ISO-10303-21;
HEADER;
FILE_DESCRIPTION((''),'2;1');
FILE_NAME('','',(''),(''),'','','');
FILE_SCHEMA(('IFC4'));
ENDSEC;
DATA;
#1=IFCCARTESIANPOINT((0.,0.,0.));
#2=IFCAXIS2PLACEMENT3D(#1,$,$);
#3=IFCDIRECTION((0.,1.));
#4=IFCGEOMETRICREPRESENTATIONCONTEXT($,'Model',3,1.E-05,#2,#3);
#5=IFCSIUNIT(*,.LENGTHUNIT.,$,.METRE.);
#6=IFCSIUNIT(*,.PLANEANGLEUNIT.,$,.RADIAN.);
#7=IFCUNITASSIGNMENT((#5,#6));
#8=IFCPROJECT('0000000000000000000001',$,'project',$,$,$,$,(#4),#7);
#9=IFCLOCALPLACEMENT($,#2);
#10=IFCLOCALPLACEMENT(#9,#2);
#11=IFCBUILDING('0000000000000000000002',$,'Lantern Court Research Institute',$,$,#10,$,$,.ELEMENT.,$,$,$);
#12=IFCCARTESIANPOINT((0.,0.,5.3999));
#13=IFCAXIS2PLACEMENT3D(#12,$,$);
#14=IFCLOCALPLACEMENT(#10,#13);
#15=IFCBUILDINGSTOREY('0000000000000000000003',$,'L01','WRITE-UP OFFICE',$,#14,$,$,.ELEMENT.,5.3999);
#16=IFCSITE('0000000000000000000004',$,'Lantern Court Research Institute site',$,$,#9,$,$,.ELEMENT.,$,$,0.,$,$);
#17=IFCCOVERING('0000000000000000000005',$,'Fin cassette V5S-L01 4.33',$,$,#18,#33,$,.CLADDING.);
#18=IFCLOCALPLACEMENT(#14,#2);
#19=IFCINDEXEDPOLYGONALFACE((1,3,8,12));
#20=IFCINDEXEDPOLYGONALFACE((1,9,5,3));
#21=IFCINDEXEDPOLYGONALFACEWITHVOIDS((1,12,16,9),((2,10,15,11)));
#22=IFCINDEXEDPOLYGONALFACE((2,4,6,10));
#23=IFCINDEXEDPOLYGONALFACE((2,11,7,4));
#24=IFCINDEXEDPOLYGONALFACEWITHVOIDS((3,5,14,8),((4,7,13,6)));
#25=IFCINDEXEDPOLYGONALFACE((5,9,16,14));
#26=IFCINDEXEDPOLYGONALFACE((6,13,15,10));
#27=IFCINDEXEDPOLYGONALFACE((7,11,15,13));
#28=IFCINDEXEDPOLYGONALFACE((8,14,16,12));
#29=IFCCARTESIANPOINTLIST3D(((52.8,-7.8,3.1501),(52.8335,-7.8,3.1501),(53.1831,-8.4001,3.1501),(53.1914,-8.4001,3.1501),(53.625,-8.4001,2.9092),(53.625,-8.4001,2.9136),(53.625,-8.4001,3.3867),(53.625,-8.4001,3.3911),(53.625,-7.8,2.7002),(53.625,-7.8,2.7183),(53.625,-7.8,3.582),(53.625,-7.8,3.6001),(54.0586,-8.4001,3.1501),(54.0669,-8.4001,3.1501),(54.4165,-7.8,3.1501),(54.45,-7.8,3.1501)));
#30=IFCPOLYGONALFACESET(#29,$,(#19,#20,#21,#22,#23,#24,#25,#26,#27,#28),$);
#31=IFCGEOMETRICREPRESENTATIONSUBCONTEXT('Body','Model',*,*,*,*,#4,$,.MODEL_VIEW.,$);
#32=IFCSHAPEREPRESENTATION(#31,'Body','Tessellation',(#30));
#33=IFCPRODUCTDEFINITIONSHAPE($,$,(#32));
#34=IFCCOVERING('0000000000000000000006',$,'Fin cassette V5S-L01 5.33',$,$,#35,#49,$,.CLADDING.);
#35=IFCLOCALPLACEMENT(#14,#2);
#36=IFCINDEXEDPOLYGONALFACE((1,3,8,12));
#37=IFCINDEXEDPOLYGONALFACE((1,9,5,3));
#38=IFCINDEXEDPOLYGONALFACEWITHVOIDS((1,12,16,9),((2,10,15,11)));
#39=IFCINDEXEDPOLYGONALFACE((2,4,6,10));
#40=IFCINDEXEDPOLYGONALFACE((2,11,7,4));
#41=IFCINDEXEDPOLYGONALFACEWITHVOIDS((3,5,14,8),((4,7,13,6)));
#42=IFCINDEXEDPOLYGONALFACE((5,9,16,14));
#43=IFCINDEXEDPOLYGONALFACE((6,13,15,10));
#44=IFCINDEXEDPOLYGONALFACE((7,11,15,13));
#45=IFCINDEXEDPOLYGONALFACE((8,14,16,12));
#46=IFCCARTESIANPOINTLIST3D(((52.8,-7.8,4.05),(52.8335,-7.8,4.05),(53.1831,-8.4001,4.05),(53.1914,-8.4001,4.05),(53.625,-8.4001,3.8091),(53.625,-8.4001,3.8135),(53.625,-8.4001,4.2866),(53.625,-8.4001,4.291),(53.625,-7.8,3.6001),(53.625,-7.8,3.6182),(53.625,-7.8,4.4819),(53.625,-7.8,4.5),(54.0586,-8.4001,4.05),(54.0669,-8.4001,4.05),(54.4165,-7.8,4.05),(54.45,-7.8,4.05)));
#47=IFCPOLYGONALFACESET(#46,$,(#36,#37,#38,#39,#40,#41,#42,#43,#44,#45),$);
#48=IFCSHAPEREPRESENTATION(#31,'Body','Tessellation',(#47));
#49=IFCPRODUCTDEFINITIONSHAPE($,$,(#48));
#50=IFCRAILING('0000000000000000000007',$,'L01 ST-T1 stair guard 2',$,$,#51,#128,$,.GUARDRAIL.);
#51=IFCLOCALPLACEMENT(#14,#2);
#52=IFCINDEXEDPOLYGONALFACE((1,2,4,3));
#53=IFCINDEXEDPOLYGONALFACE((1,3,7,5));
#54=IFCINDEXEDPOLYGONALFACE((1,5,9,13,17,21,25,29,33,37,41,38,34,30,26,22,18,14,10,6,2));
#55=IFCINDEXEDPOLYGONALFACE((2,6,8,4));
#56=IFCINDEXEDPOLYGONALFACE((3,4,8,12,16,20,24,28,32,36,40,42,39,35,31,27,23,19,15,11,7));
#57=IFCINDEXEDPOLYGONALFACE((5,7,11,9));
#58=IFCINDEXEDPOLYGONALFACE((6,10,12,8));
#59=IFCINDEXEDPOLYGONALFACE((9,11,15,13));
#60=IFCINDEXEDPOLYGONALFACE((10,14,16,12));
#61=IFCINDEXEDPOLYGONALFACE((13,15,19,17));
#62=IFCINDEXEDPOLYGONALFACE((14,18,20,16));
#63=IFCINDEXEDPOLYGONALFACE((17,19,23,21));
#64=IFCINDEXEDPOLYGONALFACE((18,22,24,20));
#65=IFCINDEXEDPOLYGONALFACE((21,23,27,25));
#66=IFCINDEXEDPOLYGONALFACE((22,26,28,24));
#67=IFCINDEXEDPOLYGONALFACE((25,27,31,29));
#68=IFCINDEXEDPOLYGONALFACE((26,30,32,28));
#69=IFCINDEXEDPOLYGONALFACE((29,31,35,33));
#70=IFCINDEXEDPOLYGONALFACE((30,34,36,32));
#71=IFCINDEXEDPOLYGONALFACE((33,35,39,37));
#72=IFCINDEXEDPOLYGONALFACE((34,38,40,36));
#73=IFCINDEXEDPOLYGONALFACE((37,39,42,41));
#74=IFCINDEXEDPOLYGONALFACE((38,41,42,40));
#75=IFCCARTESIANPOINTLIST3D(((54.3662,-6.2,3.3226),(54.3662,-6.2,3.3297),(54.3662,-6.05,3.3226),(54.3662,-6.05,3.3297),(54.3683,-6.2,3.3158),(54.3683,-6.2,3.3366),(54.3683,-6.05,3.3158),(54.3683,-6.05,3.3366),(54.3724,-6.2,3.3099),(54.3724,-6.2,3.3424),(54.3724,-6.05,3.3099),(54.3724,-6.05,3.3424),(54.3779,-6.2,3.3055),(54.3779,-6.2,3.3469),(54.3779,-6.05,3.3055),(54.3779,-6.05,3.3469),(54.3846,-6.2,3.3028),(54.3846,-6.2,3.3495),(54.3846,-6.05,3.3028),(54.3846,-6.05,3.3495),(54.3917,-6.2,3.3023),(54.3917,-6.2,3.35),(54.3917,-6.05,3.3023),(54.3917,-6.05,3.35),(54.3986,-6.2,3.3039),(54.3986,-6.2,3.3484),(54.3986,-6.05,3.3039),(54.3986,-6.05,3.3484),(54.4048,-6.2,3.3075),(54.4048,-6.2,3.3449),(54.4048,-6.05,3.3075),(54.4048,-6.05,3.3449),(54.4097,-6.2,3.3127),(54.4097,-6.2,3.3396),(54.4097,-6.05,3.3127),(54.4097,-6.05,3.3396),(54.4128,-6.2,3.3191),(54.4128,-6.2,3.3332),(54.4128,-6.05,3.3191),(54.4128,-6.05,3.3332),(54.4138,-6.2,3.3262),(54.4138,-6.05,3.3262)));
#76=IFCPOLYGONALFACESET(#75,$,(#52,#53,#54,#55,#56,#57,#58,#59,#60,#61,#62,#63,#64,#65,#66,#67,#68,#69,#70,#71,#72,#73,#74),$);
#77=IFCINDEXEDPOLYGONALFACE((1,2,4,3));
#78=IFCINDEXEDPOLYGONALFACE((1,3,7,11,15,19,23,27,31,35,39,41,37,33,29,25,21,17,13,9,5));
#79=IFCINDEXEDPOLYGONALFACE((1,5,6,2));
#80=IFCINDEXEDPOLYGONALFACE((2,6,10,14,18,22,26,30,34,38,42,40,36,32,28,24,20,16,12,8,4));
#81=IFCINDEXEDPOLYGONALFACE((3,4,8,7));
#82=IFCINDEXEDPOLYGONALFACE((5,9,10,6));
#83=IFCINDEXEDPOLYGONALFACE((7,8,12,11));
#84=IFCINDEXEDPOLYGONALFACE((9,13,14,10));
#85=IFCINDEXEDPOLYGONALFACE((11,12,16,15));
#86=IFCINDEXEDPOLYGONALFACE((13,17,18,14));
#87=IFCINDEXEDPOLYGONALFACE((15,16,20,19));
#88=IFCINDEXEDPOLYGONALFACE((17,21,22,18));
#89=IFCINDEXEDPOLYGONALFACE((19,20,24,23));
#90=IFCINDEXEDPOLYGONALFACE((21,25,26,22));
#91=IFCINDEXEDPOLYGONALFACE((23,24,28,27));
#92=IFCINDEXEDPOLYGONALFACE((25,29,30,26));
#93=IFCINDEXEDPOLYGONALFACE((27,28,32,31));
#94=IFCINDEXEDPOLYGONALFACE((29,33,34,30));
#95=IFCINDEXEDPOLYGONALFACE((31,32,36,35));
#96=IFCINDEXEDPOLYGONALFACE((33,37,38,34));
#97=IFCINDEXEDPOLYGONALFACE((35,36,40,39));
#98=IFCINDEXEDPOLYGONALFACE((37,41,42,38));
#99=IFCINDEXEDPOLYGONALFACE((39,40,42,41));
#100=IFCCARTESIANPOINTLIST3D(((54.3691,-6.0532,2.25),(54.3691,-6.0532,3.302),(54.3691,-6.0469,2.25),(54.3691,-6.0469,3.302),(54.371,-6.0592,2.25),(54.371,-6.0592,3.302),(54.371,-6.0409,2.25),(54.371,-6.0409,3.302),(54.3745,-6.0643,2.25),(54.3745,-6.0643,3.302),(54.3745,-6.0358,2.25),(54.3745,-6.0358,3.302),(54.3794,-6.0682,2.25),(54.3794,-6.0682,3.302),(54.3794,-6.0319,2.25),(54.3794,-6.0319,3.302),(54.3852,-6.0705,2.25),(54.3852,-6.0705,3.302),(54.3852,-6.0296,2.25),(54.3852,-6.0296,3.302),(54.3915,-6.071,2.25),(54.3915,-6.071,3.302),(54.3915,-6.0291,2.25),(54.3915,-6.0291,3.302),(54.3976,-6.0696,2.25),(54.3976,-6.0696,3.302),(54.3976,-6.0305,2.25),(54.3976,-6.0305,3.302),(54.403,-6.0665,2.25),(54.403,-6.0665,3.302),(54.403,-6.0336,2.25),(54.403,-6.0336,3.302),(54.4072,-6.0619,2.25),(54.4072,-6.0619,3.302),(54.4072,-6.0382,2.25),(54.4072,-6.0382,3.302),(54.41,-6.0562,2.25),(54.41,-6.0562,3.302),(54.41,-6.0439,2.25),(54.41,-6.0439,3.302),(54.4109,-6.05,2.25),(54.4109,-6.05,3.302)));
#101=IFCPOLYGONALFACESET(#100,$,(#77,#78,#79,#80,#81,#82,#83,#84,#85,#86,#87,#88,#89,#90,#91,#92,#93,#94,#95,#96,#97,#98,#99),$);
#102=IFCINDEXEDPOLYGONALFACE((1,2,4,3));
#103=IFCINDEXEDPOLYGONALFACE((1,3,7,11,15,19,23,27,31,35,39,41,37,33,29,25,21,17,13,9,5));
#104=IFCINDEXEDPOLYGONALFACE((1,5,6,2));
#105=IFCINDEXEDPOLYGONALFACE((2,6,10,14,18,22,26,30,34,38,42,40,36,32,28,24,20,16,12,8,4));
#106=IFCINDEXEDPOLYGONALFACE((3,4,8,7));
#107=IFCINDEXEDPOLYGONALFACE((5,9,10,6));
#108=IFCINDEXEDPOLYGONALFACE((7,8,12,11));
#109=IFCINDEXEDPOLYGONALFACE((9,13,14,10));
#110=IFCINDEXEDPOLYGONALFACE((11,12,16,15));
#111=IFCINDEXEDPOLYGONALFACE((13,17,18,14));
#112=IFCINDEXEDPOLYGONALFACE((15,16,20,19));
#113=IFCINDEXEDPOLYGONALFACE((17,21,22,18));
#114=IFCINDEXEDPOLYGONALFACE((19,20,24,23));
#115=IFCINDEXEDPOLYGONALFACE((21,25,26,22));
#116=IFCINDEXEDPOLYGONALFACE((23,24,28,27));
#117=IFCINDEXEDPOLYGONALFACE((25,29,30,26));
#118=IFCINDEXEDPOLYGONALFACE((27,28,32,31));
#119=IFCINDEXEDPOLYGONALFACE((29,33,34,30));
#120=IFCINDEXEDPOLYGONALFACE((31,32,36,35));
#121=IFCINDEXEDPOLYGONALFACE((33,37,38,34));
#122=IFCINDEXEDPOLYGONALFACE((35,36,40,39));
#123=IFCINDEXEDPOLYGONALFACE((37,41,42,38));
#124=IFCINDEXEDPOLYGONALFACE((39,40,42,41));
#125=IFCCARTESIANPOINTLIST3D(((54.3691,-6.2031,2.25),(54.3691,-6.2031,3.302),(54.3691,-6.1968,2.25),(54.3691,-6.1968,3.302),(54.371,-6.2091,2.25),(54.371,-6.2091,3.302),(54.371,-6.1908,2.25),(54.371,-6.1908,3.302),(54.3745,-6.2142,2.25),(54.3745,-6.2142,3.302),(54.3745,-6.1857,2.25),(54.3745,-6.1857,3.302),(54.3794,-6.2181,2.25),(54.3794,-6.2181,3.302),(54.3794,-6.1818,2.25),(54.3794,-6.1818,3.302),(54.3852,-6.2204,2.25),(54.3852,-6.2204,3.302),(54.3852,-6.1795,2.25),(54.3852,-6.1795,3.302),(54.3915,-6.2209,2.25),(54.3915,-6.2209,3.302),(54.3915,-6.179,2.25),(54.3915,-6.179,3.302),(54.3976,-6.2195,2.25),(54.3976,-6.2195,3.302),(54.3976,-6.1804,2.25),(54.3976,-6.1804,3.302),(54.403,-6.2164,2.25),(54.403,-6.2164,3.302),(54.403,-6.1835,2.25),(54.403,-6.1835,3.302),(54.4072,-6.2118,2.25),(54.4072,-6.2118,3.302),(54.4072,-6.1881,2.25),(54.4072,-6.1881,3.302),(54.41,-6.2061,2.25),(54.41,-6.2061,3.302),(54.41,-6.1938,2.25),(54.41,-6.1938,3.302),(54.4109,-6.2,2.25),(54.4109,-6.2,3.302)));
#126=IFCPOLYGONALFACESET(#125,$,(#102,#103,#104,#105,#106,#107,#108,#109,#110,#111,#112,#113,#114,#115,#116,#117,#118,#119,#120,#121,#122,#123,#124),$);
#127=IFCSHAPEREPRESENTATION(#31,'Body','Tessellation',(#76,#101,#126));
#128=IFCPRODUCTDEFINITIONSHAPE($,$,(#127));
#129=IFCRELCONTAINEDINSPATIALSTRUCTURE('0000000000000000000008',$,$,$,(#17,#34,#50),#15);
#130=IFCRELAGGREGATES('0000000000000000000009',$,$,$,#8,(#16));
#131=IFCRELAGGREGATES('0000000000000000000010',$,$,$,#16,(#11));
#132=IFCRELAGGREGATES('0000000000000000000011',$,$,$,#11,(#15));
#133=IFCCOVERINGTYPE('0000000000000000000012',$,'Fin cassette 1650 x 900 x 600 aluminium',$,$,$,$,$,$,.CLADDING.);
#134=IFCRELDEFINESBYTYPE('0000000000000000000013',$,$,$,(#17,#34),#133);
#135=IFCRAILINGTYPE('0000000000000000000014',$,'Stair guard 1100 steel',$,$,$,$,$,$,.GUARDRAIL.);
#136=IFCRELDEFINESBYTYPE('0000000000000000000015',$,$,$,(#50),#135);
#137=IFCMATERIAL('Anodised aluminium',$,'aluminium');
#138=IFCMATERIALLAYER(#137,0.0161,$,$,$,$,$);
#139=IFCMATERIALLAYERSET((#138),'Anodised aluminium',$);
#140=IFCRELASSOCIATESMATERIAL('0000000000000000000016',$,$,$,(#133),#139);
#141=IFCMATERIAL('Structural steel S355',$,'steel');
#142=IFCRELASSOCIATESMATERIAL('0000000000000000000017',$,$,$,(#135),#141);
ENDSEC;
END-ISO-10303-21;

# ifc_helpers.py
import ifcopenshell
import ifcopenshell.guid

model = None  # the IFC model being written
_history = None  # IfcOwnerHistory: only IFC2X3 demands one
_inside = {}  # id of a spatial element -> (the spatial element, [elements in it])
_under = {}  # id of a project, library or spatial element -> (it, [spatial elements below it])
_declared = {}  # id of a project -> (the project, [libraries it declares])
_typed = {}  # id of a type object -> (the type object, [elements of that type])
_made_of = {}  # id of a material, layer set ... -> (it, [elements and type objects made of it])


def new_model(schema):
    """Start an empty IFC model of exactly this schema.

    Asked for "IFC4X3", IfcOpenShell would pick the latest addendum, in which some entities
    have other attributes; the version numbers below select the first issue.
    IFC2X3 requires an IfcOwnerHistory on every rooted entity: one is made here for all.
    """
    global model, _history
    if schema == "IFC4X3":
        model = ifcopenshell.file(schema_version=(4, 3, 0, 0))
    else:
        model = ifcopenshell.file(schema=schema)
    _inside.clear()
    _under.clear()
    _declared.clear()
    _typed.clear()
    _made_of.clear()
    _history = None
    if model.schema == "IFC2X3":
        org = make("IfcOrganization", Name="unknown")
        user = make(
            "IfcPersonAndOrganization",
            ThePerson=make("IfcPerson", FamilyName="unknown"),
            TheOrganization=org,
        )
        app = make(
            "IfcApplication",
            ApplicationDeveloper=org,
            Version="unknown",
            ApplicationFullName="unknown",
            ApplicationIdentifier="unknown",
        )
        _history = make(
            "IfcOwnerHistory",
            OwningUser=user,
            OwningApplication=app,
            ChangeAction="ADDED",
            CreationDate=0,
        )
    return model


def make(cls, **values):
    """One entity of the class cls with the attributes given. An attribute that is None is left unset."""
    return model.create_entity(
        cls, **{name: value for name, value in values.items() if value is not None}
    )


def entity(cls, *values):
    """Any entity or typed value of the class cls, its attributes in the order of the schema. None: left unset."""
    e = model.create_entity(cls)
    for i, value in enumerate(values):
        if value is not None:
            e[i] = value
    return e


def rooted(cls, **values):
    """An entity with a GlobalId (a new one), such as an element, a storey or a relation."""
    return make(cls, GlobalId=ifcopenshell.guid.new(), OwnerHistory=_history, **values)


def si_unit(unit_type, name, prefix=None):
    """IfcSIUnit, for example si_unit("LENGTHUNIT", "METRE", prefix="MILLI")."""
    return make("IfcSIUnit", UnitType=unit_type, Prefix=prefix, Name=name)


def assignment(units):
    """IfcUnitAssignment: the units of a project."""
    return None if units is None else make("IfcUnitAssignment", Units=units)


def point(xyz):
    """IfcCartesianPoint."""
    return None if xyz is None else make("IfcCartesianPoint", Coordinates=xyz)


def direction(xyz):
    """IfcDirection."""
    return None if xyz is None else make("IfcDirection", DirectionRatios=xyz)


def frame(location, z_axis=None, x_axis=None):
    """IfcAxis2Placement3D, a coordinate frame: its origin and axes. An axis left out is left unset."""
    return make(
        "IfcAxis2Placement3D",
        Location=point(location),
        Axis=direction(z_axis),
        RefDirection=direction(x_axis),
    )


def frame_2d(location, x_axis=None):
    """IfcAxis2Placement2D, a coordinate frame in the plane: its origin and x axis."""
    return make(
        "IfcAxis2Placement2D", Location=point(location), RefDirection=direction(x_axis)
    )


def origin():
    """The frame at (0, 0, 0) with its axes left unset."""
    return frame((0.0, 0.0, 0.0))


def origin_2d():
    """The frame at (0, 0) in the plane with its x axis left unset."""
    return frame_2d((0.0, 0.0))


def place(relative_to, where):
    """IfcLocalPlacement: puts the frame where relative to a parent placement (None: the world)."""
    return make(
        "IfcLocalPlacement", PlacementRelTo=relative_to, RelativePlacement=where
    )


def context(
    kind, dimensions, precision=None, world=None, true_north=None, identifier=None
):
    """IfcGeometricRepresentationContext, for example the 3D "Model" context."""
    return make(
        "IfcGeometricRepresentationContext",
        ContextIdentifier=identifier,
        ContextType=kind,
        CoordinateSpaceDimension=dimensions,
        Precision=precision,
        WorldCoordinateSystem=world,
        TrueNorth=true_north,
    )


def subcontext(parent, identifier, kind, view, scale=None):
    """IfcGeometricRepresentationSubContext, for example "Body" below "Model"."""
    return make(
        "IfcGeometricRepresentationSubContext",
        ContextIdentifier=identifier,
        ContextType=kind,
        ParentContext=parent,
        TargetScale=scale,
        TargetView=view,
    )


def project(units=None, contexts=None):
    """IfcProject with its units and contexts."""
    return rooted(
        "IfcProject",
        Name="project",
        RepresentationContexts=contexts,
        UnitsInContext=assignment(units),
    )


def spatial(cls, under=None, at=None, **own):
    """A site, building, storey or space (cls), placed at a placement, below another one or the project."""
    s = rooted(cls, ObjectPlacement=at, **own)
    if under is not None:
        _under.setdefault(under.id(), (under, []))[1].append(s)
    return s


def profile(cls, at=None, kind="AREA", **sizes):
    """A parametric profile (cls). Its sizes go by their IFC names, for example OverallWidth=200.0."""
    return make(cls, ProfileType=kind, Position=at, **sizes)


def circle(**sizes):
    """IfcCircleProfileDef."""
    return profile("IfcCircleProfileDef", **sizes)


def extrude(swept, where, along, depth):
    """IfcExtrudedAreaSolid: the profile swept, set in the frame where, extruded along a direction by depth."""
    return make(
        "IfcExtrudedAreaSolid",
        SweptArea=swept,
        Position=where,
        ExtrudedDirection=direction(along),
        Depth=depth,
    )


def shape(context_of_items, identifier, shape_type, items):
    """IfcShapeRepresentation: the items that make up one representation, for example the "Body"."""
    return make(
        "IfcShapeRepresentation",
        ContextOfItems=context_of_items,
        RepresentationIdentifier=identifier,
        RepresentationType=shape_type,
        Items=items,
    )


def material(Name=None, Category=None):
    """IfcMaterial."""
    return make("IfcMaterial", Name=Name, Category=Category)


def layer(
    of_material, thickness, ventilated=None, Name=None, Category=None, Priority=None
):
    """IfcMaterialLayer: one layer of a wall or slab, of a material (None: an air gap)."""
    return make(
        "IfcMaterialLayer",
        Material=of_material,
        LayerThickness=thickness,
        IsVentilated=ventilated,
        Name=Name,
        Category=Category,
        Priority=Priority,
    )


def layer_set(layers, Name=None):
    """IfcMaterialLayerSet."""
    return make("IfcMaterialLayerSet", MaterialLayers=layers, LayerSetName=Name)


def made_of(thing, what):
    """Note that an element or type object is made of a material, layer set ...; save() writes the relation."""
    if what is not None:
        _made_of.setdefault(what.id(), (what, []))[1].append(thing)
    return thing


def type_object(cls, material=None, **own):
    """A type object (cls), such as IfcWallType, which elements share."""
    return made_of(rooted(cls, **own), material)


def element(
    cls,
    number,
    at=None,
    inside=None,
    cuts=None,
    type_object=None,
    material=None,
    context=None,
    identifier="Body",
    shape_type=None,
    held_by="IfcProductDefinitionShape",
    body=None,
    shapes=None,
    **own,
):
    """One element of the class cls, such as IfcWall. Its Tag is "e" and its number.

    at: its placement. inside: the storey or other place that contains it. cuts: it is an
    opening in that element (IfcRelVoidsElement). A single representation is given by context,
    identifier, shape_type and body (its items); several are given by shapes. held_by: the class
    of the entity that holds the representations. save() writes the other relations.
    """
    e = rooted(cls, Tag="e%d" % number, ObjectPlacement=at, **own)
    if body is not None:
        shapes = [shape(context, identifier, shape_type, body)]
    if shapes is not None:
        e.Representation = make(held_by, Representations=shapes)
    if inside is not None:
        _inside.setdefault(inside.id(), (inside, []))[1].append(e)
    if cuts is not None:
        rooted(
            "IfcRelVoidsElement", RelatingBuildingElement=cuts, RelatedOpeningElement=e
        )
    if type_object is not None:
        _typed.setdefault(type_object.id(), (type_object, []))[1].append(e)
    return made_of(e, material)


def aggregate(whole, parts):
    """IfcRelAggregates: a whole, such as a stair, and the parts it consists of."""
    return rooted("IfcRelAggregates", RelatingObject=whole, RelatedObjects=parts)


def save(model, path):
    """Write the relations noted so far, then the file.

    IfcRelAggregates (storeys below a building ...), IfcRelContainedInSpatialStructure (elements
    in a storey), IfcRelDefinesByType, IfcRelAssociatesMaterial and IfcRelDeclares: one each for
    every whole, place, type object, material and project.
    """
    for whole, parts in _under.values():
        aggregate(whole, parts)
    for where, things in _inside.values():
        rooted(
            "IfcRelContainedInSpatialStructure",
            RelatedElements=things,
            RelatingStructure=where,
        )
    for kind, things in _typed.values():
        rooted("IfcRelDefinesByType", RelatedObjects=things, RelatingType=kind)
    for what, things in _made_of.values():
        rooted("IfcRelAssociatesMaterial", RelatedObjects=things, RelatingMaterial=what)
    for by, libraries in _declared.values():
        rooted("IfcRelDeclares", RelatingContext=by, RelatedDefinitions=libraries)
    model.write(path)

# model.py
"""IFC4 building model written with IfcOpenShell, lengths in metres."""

from ifc_helpers import new_model, entity, si_unit, direction, frame, origin, origin_2d, place, context, subcontext, project, spatial, circle, extrude, material, layer, layer_set, type_object, element, save


model = new_model("IFC4")

# Units and contexts
model_context = context("Model", 3, precision=1e-05, world=origin(), true_north=direction((0.0, 1.0)))
body_context = subcontext(model_context, "Body", "Model", "MODEL_VIEW")
ifc_project = project(units=[si_unit("LENGTHUNIT", "METRE"), si_unit("PLANEANGLEUNIT", "RADIAN")], contexts=[model_context])

# Site, building, storey
site_placement = place(None, origin())
site = spatial("IfcSite", under=ifc_project, at=site_placement, Name="Lantern Court Research Institute site", CompositionType="ELEMENT", RefElevation=0.0)
building_placement = place(site_placement, origin())
building = spatial("IfcBuilding", under=site, at=building_placement, Name="Lantern Court Research Institute", CompositionType="ELEMENT")
storey_placement = place(building_placement, frame((0.0, 0.0, 5.3999)))
storey = spatial("IfcBuildingStorey", under=building, at=storey_placement, Name="L01", Description="WRITE-UP OFFICE", CompositionType="ELEMENT", Elevation=5.3999)

# Coverings
ifc_material_1 = material(Name="Anodised aluminium", Category="aluminium")
ifc_layer_1 = layer(ifc_material_1, 0.0161)
ifc_layer_set_1 = layer_set([ifc_layer_1], Name="Anodised aluminium")
covering_type = type_object("IfcCoveringType", Name="Fin cassette 1650 x 900 x 600 aluminium", PredefinedType="CLADDING", material=ifc_layer_set_1)
covering_1_placement = place(storey_placement, frame((53.625, -7.8, 3.1501), z_axis=(0.0, -1.0, 0.0), x_axis=(1.0, 0.0, 0.0)))
cartesian_point_1 = entity("IfcCartesianPoint", [0.825, 0.0])
cartesian_point_2 = entity("IfcCartesianPoint", [0.7915, 0.0])
cartesian_point_3 = entity("IfcCartesianPoint", [0.4419, 0.0])
cartesian_point_4 = entity("IfcCartesianPoint", [0.4336, 0.0])
element("IfcCovering", 1, at=covering_1_placement, inside=storey, type_object=covering_type, Name="Fin cassette V5S-L01 4.33", PredefinedType="CLADDING", context=body_context, shape_type="SweptSolid", body=[
    entity("IfcExtrudedAreaSolidTapered", entity("IfcArbitraryProfileDefWithVoids", "AREA", None, entity("IfcPolyline", [cartesian_point_1, entity("IfcCartesianPoint", [0.0, 0.45]), entity("IfcCartesianPoint", [-0.825, 0.0]), entity("IfcCartesianPoint", [0.0, -0.45]), cartesian_point_1]), [entity("IfcPolyline", [cartesian_point_2, entity("IfcCartesianPoint", [0.0, 0.4319]), entity("IfcCartesianPoint", [-0.7915, 0.0]), entity("IfcCartesianPoint", [0.0, -0.4319]), cartesian_point_2])]), entity("IfcAxis2Placement3D", entity("IfcCartesianPoint", [0.0, 0.0, 0.0])), entity("IfcDirection", [0.0, 0.0, 1.0]), 0.6001, entity("IfcArbitraryProfileDefWithVoids", "AREA", None, entity("IfcPolyline", [cartesian_point_3, entity("IfcCartesianPoint", [0.0, 0.241]), entity("IfcCartesianPoint", [-0.4419, 0.0]), entity("IfcCartesianPoint", [0.0, -0.241]), cartesian_point_3]), [entity("IfcPolyline", [cartesian_point_4, entity("IfcCartesianPoint", [0.0, 0.2366]), entity("IfcCartesianPoint", [-0.4336, 0.0]), entity("IfcCartesianPoint", [0.0, -0.2366]), cartesian_point_4])])),
])
covering_2_placement = place(storey_placement, frame((53.625, -7.8, 4.05), z_axis=(0.0, -1.0, 0.0), x_axis=(1.0, 0.0, 0.0)))
cartesian_point_5 = entity("IfcCartesianPoint", [0.825, 0.0])
cartesian_point_6 = entity("IfcCartesianPoint", [0.7915, 0.0])
cartesian_point_7 = entity("IfcCartesianPoint", [0.4419, 0.0])
cartesian_point_8 = entity("IfcCartesianPoint", [0.4336, 0.0])
element("IfcCovering", 2, at=covering_2_placement, inside=storey, type_object=covering_type, Name="Fin cassette V5S-L01 5.33", PredefinedType="CLADDING", context=body_context, shape_type="SweptSolid", body=[
    entity("IfcExtrudedAreaSolidTapered", entity("IfcArbitraryProfileDefWithVoids", "AREA", None, entity("IfcPolyline", [cartesian_point_5, entity("IfcCartesianPoint", [0.0, 0.45]), entity("IfcCartesianPoint", [-0.825, 0.0]), entity("IfcCartesianPoint", [0.0, -0.45]), cartesian_point_5]), [entity("IfcPolyline", [cartesian_point_6, entity("IfcCartesianPoint", [0.0, 0.4319]), entity("IfcCartesianPoint", [-0.7915, 0.0]), entity("IfcCartesianPoint", [0.0, -0.4319]), cartesian_point_6])]), entity("IfcAxis2Placement3D", entity("IfcCartesianPoint", [0.0, 0.0, 0.0])), entity("IfcDirection", [0.0, 0.0, 1.0]), 0.6001, entity("IfcArbitraryProfileDefWithVoids", "AREA", None, entity("IfcPolyline", [cartesian_point_7, entity("IfcCartesianPoint", [0.0, 0.241]), entity("IfcCartesianPoint", [-0.4419, 0.0]), entity("IfcCartesianPoint", [0.0, -0.241]), cartesian_point_7]), [entity("IfcPolyline", [cartesian_point_8, entity("IfcCartesianPoint", [0.0, 0.2366]), entity("IfcCartesianPoint", [-0.4336, 0.0]), entity("IfcCartesianPoint", [0.0, -0.2366]), cartesian_point_8])])),
])

# Railing
ifc_material_2 = material(Name="Structural steel S355", Category="steel")
railing_type_1 = type_object("IfcRailingType", Name="Stair guard 1100 steel", PredefinedType="GUARDRAIL", material=ifc_material_2)
railing_1_placement = place(storey_placement, frame((54.3899, -6.05, 2.25)))
element("IfcRailing", 3, at=railing_1_placement, inside=storey, type_object=railing_type_1, Name="L01 ST-T1 stair guard 2", PredefinedType="GUARDRAIL", context=body_context, shape_type="SweptSolid", body=[
    extrude(circle(Radius=0.0239, at=origin_2d()), frame((0.0, 0.0, 1.0762), z_axis=(0.0, -1.0, 0.0), x_axis=(1.0, 0.0, 0.0)), (0.0, 0.0, 1.0), 0.1499),
    extrude(circle(Radius=0.021, at=origin_2d()), origin(), (0.0, 0.0, 1.0), 1.052),
    extrude(circle(Radius=0.021, at=origin_2d()), frame((0.0, -0.1499, 0.0)), (0.0, 0.0, 1.0), 1.052),
])

save(model, "model.ifc")
